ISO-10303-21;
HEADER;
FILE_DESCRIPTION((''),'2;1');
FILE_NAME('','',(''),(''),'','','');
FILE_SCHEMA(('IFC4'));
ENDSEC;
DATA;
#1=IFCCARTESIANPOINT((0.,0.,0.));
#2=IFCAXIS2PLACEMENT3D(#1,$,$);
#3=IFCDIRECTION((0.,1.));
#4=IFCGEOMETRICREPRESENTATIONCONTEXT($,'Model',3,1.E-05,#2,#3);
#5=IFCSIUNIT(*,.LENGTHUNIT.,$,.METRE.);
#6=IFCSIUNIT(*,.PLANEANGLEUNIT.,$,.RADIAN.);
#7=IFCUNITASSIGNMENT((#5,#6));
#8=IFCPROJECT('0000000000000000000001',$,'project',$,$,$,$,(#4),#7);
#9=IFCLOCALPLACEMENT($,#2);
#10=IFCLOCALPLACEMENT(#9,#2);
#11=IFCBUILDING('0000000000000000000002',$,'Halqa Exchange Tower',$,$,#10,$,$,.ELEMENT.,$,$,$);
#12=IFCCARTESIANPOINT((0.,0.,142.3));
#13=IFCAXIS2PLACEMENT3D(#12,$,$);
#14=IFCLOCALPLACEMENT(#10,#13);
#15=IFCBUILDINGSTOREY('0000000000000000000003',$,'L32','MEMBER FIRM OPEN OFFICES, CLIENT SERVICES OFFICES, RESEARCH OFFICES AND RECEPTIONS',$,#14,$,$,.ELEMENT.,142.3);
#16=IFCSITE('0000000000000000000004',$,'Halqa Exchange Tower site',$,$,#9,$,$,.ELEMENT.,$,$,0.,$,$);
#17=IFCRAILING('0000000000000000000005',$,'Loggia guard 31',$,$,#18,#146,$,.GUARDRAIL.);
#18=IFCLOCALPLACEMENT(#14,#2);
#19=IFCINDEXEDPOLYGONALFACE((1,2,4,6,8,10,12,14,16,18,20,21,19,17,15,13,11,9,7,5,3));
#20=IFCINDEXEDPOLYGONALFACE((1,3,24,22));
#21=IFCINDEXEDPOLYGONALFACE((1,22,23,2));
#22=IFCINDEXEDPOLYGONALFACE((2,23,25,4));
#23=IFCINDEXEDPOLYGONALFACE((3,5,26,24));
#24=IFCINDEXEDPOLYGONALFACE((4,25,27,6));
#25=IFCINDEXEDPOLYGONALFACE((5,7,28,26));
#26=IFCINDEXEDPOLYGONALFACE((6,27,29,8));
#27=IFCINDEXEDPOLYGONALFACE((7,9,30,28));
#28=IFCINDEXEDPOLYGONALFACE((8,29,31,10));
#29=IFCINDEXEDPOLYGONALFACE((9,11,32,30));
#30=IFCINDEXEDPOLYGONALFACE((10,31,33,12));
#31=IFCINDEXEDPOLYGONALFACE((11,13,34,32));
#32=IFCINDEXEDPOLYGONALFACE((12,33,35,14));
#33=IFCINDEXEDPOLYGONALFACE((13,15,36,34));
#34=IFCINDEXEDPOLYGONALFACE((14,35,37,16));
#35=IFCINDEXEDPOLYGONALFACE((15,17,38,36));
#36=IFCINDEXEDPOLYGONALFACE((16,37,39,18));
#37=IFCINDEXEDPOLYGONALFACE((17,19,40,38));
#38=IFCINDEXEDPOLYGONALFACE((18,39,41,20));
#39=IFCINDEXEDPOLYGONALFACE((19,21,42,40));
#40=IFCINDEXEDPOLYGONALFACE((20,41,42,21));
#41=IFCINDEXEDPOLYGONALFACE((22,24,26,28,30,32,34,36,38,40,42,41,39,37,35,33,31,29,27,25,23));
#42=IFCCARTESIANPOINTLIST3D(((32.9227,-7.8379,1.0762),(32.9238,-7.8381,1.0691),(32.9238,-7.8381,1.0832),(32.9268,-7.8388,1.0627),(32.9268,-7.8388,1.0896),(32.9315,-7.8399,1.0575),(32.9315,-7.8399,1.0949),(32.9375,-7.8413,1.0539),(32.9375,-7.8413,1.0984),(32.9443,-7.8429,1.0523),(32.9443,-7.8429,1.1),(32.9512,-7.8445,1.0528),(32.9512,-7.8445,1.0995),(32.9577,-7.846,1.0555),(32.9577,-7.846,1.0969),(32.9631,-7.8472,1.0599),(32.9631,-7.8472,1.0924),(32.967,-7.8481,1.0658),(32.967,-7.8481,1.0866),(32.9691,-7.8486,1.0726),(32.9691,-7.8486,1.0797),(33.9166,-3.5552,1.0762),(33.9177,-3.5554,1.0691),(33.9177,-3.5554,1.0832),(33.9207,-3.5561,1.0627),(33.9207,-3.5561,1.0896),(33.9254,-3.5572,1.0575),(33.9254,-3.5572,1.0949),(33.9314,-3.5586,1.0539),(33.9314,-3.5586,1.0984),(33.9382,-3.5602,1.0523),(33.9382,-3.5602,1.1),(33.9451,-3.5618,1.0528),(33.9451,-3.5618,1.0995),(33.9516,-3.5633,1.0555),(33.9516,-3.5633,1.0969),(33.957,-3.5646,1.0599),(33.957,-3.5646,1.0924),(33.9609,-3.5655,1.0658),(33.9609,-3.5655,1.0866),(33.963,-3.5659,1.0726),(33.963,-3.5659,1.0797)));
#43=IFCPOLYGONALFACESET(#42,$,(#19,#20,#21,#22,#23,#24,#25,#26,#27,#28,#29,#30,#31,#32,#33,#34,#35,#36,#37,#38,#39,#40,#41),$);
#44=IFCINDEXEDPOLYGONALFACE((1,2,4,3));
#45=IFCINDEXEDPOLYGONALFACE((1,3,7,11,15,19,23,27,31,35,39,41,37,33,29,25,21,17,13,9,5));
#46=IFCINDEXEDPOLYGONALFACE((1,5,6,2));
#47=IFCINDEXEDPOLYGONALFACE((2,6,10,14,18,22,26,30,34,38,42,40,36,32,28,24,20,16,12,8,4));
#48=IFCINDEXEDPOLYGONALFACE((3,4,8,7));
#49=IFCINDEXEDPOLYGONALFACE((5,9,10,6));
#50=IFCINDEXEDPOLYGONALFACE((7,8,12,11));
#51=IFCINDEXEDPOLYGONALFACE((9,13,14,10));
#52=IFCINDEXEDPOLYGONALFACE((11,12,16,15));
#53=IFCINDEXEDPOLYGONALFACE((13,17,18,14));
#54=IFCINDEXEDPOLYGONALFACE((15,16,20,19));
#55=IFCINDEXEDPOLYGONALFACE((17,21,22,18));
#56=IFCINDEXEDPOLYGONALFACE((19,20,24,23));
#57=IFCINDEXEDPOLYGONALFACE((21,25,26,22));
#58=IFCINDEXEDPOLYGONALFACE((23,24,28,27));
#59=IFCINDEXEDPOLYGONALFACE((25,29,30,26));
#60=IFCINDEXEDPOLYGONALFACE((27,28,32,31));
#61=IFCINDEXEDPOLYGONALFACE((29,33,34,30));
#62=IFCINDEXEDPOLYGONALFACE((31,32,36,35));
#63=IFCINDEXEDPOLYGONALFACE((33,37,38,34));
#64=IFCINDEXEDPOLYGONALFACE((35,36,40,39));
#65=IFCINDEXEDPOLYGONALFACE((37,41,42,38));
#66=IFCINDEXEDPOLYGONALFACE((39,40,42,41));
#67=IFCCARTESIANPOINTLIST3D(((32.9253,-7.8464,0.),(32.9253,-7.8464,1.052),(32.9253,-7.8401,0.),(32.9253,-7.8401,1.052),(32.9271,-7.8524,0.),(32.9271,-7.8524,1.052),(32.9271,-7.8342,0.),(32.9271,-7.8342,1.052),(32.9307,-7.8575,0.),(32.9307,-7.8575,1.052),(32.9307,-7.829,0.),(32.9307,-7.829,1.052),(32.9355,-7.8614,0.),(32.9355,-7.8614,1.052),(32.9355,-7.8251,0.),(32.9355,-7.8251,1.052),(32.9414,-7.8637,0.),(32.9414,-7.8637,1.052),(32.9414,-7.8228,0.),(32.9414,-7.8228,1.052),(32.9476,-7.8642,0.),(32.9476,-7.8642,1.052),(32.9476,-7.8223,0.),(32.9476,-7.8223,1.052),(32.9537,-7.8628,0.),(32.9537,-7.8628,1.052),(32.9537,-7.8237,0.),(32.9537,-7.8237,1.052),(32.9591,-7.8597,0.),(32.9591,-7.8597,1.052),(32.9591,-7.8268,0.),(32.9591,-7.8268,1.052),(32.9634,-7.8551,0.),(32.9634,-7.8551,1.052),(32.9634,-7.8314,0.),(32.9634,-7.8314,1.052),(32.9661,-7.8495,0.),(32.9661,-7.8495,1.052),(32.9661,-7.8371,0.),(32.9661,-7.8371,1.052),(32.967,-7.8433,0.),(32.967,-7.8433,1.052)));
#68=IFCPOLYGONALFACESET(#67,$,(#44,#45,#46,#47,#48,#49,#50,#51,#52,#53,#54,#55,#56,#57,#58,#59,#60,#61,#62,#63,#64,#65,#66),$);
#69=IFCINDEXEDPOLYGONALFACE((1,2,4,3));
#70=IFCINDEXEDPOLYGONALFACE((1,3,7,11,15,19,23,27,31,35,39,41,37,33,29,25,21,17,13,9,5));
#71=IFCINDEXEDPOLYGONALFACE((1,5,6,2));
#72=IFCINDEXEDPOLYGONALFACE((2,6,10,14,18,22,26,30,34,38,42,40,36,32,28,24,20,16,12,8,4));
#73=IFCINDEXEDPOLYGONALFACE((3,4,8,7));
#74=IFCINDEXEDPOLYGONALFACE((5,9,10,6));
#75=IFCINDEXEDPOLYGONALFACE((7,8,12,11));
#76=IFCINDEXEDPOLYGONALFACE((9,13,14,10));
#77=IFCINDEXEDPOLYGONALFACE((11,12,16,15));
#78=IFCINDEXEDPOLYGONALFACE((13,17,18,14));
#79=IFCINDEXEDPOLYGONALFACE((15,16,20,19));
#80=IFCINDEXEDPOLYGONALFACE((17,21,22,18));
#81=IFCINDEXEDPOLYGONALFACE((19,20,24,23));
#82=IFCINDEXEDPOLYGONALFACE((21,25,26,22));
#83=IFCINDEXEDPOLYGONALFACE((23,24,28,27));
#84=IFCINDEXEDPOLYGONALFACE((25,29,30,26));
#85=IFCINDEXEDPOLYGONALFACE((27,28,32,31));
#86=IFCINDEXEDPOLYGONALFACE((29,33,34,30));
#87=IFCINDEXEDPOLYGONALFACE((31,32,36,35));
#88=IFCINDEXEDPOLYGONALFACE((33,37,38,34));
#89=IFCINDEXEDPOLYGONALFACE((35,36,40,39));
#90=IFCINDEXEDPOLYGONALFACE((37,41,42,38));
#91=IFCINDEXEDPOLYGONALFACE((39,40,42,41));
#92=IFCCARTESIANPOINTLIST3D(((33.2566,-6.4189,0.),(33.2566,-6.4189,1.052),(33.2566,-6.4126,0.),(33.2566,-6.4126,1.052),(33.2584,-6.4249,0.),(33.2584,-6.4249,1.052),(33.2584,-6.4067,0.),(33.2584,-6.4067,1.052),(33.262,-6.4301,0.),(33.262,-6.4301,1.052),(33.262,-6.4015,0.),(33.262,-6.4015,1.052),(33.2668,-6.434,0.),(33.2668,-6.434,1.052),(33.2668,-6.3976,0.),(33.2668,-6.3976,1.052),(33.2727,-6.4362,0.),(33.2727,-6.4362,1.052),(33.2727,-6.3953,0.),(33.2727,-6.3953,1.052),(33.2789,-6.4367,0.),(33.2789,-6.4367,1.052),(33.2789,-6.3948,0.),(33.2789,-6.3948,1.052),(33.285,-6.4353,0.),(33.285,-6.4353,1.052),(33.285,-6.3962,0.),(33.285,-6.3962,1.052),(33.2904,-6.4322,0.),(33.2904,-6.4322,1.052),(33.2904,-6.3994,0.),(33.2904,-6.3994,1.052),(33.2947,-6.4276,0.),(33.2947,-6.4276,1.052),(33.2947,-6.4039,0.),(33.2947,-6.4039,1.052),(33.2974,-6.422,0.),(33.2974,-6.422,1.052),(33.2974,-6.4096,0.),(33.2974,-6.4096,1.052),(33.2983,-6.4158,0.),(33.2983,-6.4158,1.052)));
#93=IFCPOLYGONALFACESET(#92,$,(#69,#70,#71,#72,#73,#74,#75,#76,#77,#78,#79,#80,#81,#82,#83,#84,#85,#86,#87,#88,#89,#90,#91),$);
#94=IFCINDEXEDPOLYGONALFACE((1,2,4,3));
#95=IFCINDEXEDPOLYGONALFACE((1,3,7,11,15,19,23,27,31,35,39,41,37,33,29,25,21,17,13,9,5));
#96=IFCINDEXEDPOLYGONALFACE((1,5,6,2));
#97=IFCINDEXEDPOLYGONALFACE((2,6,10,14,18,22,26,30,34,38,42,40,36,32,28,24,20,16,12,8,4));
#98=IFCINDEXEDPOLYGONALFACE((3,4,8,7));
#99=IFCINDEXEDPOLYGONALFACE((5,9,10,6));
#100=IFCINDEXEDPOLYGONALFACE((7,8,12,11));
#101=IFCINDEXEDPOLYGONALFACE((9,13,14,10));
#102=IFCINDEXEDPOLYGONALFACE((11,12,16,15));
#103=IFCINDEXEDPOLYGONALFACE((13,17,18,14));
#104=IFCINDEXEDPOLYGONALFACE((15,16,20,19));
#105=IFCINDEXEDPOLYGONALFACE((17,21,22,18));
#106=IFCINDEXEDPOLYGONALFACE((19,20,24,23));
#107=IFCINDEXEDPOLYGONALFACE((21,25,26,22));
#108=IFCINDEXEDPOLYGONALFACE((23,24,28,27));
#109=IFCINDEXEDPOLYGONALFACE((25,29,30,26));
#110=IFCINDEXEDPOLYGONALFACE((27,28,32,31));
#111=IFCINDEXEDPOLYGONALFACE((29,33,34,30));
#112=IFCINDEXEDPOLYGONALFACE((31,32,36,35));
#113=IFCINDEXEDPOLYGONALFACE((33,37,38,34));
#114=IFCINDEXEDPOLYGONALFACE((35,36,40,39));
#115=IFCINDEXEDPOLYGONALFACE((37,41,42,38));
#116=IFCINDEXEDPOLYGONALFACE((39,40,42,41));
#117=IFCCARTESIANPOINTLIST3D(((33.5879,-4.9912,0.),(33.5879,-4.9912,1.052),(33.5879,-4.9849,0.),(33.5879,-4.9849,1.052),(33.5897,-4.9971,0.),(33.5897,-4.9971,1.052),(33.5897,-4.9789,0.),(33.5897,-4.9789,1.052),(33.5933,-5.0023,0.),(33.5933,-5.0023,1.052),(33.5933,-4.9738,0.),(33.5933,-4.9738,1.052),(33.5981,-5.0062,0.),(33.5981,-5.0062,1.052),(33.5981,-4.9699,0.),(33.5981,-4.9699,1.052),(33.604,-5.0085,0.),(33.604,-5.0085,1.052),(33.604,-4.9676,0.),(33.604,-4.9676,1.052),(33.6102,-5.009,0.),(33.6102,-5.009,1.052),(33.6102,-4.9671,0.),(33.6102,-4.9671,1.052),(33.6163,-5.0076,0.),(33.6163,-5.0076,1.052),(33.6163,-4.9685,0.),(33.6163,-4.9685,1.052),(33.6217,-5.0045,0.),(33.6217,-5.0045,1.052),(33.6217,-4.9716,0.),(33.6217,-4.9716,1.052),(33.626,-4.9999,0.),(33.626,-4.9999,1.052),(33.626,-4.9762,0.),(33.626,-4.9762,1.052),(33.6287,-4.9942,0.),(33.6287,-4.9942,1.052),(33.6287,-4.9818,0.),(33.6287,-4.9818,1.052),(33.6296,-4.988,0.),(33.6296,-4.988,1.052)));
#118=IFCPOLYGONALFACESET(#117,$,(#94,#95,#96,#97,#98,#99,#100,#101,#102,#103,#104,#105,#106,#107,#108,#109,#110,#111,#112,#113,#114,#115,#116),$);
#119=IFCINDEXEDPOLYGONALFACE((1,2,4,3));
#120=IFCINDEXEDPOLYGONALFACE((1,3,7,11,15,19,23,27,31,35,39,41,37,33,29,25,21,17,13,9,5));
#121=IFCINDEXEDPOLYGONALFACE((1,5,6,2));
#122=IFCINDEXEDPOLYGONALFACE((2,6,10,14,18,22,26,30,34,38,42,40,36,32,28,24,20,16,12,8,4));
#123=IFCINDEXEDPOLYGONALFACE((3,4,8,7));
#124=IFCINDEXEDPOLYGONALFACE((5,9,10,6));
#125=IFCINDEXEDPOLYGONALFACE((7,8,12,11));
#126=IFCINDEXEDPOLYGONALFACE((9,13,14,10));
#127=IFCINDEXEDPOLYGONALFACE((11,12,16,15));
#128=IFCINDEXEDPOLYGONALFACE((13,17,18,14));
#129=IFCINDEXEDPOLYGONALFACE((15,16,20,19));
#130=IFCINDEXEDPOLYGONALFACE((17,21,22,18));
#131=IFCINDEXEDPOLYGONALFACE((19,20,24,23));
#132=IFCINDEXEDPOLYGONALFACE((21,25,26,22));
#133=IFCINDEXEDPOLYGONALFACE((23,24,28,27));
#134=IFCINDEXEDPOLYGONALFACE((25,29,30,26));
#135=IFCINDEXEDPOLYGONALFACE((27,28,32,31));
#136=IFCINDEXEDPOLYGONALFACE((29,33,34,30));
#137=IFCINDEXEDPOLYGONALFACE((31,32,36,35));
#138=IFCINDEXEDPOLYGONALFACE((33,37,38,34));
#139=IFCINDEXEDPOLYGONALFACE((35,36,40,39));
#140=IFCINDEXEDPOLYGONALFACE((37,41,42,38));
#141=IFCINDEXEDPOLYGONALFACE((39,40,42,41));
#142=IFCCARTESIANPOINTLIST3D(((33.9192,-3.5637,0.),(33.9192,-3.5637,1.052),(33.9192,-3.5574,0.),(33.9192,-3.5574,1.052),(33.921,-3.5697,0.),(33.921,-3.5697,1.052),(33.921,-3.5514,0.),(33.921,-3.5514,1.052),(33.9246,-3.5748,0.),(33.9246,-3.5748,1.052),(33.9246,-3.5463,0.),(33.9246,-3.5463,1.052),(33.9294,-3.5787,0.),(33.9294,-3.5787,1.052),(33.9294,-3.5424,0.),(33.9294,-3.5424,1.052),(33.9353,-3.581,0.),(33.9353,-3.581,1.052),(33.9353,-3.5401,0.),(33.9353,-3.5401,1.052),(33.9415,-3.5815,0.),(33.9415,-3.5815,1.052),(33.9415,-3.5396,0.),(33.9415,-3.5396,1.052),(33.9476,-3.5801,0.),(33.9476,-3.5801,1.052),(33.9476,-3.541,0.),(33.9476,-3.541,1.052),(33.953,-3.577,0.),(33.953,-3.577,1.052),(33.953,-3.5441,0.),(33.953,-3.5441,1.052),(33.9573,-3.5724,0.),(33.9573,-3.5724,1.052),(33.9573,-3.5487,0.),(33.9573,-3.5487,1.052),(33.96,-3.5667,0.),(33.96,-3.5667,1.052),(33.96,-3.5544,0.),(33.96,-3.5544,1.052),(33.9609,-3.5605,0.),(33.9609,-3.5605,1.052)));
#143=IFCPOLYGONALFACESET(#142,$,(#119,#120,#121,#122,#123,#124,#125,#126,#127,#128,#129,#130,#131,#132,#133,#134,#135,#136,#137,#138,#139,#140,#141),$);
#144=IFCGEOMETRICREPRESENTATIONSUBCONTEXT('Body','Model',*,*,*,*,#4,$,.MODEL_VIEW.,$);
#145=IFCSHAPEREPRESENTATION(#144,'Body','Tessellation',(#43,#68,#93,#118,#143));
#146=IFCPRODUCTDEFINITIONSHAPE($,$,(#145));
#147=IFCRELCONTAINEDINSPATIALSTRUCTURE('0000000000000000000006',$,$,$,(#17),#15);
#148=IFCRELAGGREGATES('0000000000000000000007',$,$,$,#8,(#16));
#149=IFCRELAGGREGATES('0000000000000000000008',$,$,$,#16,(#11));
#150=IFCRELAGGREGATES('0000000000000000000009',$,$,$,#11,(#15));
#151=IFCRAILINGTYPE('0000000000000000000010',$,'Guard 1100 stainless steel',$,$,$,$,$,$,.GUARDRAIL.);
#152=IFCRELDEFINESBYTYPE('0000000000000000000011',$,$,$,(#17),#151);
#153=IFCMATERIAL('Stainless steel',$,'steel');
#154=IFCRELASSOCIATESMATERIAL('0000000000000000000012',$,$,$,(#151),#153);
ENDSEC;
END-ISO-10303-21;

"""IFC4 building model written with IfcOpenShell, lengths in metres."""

from ifc_helpers import new_model, si_unit, direction, frame, origin, origin_2d, place, context, subcontext, project, spatial, circle, extrude, material, type_object, element, save


model = new_model("IFC4")

# Units and contexts
model_context = context("Model", 3, precision=1e-05, world=origin(), true_north=direction((0.0, 1.0)))
body_context = subcontext(model_context, "Body", "Model", "MODEL_VIEW")
ifc_project = project(units=[si_unit("LENGTHUNIT", "METRE"), si_unit("PLANEANGLEUNIT", "RADIAN")], contexts=[model_context])

# Site, building, storey
site_placement = place(None, origin())
site = spatial("IfcSite", under=ifc_project, at=site_placement, Name="Halqa Exchange Tower site", CompositionType="ELEMENT", RefElevation=0.0)
building_placement = place(site_placement, origin())
building = spatial("IfcBuilding", under=site, at=building_placement, Name="Halqa Exchange Tower", CompositionType="ELEMENT")
storey_placement = place(building_placement, frame((0.0, 0.0, 142.3)))
storey = spatial("IfcBuildingStorey", under=building, at=storey_placement, Name="L32", Description="MEMBER FIRM OPEN OFFICES, CLIENT SERVICES OFFICES, RESEARCH OFFICES AND RECEPTIONS", CompositionType="ELEMENT", Elevation=142.3)

# Railing
ifc_material_1 = material(Name="Stainless steel", Category="steel")
railing_type = type_object("IfcRailingType", Name="Guard 1100 stainless steel", PredefinedType="GUARDRAIL", material=ifc_material_1)
railing_1_placement = place(storey_placement, frame((32.946, -7.8433, 0.0)))
element("IfcRailing", 1, at=railing_1_placement, inside=storey, type_object=railing_type, Name="Loggia guard 31", PredefinedType="GUARDRAIL", context=body_context, shape_type="SweptSolid", body=[
    extrude(circle(Radius=0.0239, at=origin_2d()), frame((0.0, 0.0, 1.0762), z_axis=(0.226064, 0.974112, 0.0), x_axis=(-0.974112, 0.226064, 0.0)), (0.0, 0.0, 1.0), 4.3965),
    extrude(circle(Radius=0.021, at=origin_2d()), origin(), (0.0, 0.0, 1.0), 1.052),
    extrude(circle(Radius=0.021, at=origin_2d()), frame((0.3313, 1.4275, 0.0)), (0.0, 0.0, 1.0), 1.052),
    extrude(circle(Radius=0.021, at=origin_2d()), frame((0.6626, 2.8552, 0.0)), (0.0, 0.0, 1.0), 1.052),
    extrude(circle(Radius=0.021, at=origin_2d()), frame((0.9939, 4.2827, 0.0)), (0.0, 0.0, 1.0), 1.052),
])

save(model, "model.ifc")
